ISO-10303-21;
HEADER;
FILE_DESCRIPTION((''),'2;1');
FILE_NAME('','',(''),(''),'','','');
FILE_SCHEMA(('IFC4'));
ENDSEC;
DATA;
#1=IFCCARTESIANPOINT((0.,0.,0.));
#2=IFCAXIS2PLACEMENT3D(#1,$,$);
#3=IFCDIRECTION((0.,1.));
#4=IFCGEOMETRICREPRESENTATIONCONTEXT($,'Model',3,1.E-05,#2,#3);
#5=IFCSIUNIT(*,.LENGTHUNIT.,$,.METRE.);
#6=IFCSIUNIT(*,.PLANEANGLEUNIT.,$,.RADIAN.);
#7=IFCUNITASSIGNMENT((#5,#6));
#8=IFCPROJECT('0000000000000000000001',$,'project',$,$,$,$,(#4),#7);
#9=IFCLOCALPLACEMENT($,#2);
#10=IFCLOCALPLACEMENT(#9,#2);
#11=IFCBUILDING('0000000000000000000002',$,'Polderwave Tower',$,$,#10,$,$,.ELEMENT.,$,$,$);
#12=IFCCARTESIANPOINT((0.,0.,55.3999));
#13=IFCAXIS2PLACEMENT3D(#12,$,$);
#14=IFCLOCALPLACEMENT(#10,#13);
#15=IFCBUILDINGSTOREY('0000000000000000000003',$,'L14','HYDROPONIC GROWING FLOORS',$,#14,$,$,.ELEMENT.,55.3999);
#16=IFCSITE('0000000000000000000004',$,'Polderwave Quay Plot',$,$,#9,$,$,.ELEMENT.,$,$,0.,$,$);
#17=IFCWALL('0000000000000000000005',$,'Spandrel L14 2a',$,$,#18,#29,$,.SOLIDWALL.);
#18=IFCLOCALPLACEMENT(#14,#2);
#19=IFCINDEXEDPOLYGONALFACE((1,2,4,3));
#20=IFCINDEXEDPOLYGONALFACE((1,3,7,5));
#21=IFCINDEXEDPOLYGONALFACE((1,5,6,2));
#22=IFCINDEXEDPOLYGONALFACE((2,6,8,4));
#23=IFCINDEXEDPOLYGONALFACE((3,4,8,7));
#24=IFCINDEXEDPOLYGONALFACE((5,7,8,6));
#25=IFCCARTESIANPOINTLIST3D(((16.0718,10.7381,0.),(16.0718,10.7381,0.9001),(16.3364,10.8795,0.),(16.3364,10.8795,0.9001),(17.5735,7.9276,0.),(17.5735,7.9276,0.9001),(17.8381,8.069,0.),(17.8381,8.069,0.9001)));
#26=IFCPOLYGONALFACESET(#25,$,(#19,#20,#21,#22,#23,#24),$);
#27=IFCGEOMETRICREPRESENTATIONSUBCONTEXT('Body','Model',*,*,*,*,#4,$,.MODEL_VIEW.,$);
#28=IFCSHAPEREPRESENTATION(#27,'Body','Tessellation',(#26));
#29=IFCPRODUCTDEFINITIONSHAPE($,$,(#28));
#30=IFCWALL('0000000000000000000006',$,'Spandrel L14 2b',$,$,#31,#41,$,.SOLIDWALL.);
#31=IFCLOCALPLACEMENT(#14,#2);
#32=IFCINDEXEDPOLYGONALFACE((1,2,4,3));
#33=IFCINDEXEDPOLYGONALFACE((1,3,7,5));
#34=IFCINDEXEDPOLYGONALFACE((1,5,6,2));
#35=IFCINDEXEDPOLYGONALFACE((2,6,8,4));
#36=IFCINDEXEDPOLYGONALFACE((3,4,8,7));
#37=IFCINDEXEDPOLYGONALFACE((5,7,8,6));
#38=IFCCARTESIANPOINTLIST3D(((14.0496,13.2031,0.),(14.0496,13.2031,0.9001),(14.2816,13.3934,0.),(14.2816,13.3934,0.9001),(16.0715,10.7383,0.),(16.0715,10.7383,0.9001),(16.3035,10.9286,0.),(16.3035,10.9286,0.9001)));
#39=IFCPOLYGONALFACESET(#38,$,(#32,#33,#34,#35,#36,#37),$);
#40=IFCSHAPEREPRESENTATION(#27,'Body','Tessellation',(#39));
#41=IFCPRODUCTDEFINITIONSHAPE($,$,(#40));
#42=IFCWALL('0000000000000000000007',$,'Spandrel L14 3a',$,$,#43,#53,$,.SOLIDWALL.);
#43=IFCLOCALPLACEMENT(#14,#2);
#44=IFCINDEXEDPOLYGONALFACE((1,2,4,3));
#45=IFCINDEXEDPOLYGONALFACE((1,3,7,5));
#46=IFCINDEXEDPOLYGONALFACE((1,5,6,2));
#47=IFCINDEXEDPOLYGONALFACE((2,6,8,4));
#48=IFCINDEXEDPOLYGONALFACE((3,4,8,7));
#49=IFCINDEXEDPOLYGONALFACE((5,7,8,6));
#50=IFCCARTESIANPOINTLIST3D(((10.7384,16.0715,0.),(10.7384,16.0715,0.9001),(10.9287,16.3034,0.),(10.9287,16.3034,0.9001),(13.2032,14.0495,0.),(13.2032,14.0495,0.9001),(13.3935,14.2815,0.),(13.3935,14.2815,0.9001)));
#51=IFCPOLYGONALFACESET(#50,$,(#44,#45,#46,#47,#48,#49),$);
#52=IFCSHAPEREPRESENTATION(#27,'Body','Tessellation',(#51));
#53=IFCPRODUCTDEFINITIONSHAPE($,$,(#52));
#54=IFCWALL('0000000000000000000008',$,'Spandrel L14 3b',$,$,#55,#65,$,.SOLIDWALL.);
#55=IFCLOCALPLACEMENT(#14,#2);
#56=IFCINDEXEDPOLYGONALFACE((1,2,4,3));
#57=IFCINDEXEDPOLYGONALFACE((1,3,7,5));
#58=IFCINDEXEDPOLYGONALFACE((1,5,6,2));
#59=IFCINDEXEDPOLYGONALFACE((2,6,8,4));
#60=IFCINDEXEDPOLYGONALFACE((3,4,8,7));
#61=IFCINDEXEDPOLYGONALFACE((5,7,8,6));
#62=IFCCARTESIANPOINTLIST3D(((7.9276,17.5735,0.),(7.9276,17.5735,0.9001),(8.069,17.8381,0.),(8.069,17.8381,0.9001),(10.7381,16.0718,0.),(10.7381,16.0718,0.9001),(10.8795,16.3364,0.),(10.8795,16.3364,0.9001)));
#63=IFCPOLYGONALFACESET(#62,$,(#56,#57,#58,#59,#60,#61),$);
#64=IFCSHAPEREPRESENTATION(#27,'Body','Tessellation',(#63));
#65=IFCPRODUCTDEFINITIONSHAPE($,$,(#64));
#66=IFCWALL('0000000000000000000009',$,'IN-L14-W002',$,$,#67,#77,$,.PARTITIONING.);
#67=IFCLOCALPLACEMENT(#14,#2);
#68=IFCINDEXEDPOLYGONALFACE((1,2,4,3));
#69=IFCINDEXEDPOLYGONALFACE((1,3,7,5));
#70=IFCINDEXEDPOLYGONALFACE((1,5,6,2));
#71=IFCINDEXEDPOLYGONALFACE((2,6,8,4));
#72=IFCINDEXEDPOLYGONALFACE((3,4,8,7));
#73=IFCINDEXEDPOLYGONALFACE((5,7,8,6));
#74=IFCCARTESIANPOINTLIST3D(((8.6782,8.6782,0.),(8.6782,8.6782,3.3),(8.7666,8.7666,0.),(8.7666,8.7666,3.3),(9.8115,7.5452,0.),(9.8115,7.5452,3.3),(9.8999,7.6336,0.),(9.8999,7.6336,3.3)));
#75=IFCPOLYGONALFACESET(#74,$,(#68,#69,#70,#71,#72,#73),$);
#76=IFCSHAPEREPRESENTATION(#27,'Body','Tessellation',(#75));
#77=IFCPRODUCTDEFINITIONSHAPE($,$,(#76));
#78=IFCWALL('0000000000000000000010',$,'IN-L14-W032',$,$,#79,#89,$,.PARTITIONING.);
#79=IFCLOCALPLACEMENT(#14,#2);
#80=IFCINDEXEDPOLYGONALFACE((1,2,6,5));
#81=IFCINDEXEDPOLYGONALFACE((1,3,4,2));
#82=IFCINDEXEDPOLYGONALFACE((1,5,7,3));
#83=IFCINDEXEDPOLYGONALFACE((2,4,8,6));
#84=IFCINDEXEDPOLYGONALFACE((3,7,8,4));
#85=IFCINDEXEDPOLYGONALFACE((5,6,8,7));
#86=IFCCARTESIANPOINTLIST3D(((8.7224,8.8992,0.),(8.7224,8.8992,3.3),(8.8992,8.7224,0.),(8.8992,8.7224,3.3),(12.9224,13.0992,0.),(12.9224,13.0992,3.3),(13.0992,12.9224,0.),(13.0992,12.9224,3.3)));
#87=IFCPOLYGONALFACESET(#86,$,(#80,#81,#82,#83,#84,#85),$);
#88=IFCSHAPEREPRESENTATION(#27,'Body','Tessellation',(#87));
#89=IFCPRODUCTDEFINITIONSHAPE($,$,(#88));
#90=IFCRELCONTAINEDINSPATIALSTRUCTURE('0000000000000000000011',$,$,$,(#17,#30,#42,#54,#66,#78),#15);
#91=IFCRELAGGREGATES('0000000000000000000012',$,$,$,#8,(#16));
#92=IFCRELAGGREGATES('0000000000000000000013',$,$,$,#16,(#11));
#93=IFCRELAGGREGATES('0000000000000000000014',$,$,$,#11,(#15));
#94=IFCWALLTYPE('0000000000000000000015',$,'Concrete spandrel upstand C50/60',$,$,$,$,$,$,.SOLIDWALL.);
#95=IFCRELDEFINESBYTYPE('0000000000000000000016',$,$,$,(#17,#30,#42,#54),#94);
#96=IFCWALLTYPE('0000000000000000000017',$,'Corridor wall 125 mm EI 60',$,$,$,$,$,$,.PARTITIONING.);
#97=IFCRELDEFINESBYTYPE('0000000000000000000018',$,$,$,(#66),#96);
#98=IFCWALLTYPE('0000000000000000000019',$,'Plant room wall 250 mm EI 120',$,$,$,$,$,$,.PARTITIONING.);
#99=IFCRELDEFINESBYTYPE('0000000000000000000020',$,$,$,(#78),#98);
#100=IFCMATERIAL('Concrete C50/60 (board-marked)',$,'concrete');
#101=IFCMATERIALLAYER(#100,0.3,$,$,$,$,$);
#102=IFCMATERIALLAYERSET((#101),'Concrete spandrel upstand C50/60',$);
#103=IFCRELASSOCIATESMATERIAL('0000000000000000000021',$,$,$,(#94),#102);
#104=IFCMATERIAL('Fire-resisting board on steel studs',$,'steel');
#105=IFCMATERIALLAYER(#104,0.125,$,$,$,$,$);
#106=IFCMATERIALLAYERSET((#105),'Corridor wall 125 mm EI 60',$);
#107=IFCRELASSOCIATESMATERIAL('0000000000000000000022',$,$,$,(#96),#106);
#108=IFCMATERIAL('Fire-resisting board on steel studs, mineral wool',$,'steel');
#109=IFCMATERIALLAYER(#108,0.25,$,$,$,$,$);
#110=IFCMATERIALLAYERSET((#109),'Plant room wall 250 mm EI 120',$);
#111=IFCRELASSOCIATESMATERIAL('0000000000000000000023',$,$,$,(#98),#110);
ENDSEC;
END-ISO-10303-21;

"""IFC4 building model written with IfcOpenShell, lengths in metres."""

from ifc_helpers import new_model, si_unit, direction, frame, frame_2d, origin, place, context, subcontext, project, spatial, rectangle, extrude, material, layer, layer_set, type_object, element, save


model = new_model("IFC4")

# Units and contexts
model_context = context("Model", 3, precision=1e-05, world=origin(), true_north=direction((0.0, 1.0)))
body_context = subcontext(model_context, "Body", "Model", "MODEL_VIEW")
ifc_project = project(units=[si_unit("LENGTHUNIT", "METRE"), si_unit("PLANEANGLEUNIT", "RADIAN")], contexts=[model_context])

# Site, building, storey
site_placement = place(None, origin())
site = spatial("IfcSite", under=ifc_project, at=site_placement, Name="Polderwave Quay Plot", CompositionType="ELEMENT", RefElevation=0.0)
building_placement = place(site_placement, origin())
building = spatial("IfcBuilding", under=site, at=building_placement, Name="Polderwave Tower", CompositionType="ELEMENT")
storey_placement = place(building_placement, frame((0.0, 0.0, 55.3999)))
storey = spatial("IfcBuildingStorey", under=building, at=storey_placement, Name="L14", Description="HYDROPONIC GROWING FLOORS", CompositionType="ELEMENT", Elevation=55.3999)

# Walls
ifc_material_1 = material(Name="Concrete C50/60 (board-marked)", Category="concrete")
ifc_layer_1 = layer(ifc_material_1, 0.3)
ifc_layer_set_1 = layer_set([ifc_layer_1], Name="Concrete spandrel upstand C50/60")
wall_type_1 = type_object("IfcWallType", Name="Concrete spandrel upstand C50/60", PredefinedType="SOLIDWALL", material=ifc_layer_set_1)
wall_1_placement = place(storey_placement, frame((17.7058, 7.9983, 0.0), z_axis=(0.0, 0.0, 1.0), x_axis=(-0.47126, 0.881994, 0.0)))
element("IfcWall", 1, at=wall_1_placement, inside=storey, type_object=wall_type_1, Name="Spandrel L14 2a", PredefinedType="SOLIDWALL", context=body_context, shape_type="SweptSolid", body=[
    extrude(rectangle(XDim=3.1865, YDim=0.3, at=frame_2d((1.5933, 0.0))), origin(), (0.0, 0.0, 1.0), 0.9001),
])
for number, where, z_axis, x_axis, name in (
    (2, (16.1875, 10.8335, 0.0), (0.0, 0.0, 1.0), (-0.63423, 0.773145, 0.0), "Spandrel L14 2b"),
    (3, (13.2983, 14.1655, 0.0), (0.0, 0.0, 1.0), (-0.773145, 0.63423, 0.0), "Spandrel L14 3a"),
):
    element("IfcWall", number, at=place(storey_placement, frame(where, z_axis=z_axis, x_axis=x_axis)), inside=storey, type_object=wall_type_1, Name=name, PredefinedType="SOLIDWALL", context=body_context, shape_type="SweptSolid", body=[
        extrude(rectangle(XDim=3.188, YDim=0.3, at=frame_2d((1.594, 0.0))), origin(), (0.0, 0.0, 1.0), 0.9001),
    ])
wall_2_placement = place(storey_placement, frame((10.8088, 16.2041, 0.0), z_axis=(0.0, 0.0, 1.0), x_axis=(-0.881994, 0.47126, 0.0)))
element("IfcWall", 4, at=wall_2_placement, inside=storey, type_object=wall_type_1, Name="Spandrel L14 3b", PredefinedType="SOLIDWALL", context=body_context, shape_type="SweptSolid", body=[
    extrude(rectangle(XDim=3.1865, YDim=0.3, at=frame_2d((1.5933, 0.0))), origin(), (0.0, 0.0, 1.0), 0.9001),
])
ifc_material_2 = material(Name="Fire-resisting board on steel studs", Category="steel")
ifc_layer_2 = layer(ifc_material_2, 0.125)
ifc_layer_set_2 = layer_set([ifc_layer_2], Name="Corridor wall 125 mm EI 60")
wall_type_2 = type_object("IfcWallType", Name="Corridor wall 125 mm EI 60", PredefinedType="PARTITIONING", material=ifc_layer_set_2)
wall_3_placement = place(storey_placement, frame((8.7224, 8.7224, 0.0), z_axis=(0.0, 0.0, 1.0), x_axis=(0.707183, -0.707031, 0.0)))
element("IfcWall", 5, at=wall_3_placement, inside=storey, type_object=wall_type_2, Name="IN-L14-W002", PredefinedType="PARTITIONING", context=body_context, shape_type="SweptSolid", body=[
    extrude(rectangle(XDim=1.6025, YDim=0.125, at=frame_2d((0.8013, 0.0))), origin(), (0.0, 0.0, 1.0), 3.3),
])
ifc_material_3 = material(Name="Fire-resisting board on steel studs, mineral wool", Category="steel")
ifc_layer_3 = layer(ifc_material_3, 0.25)
ifc_layer_set_3 = layer_set([ifc_layer_3], Name="Plant room wall 250 mm EI 120")
wall_type_3 = type_object("IfcWallType", Name="Plant room wall 250 mm EI 120", PredefinedType="PARTITIONING", material=ifc_layer_set_3)
wall_4_placement = place(storey_placement, frame((13.0107, 13.0107, 0.0), z_axis=(0.0, 0.0, 1.0), x_axis=(-0.707107, -0.707107, 0.0)))
element("IfcWall", 6, at=wall_4_placement, inside=storey, type_object=wall_type_3, Name="IN-L14-W032", PredefinedType="PARTITIONING", context=body_context, shape_type="SweptSolid", body=[
    extrude(rectangle(XDim=5.9397, YDim=0.25, at=frame_2d((2.9697, 0.0))), origin(), (0.0, 0.0, 1.0), 3.3),
])

save(model, "model.ifc")
